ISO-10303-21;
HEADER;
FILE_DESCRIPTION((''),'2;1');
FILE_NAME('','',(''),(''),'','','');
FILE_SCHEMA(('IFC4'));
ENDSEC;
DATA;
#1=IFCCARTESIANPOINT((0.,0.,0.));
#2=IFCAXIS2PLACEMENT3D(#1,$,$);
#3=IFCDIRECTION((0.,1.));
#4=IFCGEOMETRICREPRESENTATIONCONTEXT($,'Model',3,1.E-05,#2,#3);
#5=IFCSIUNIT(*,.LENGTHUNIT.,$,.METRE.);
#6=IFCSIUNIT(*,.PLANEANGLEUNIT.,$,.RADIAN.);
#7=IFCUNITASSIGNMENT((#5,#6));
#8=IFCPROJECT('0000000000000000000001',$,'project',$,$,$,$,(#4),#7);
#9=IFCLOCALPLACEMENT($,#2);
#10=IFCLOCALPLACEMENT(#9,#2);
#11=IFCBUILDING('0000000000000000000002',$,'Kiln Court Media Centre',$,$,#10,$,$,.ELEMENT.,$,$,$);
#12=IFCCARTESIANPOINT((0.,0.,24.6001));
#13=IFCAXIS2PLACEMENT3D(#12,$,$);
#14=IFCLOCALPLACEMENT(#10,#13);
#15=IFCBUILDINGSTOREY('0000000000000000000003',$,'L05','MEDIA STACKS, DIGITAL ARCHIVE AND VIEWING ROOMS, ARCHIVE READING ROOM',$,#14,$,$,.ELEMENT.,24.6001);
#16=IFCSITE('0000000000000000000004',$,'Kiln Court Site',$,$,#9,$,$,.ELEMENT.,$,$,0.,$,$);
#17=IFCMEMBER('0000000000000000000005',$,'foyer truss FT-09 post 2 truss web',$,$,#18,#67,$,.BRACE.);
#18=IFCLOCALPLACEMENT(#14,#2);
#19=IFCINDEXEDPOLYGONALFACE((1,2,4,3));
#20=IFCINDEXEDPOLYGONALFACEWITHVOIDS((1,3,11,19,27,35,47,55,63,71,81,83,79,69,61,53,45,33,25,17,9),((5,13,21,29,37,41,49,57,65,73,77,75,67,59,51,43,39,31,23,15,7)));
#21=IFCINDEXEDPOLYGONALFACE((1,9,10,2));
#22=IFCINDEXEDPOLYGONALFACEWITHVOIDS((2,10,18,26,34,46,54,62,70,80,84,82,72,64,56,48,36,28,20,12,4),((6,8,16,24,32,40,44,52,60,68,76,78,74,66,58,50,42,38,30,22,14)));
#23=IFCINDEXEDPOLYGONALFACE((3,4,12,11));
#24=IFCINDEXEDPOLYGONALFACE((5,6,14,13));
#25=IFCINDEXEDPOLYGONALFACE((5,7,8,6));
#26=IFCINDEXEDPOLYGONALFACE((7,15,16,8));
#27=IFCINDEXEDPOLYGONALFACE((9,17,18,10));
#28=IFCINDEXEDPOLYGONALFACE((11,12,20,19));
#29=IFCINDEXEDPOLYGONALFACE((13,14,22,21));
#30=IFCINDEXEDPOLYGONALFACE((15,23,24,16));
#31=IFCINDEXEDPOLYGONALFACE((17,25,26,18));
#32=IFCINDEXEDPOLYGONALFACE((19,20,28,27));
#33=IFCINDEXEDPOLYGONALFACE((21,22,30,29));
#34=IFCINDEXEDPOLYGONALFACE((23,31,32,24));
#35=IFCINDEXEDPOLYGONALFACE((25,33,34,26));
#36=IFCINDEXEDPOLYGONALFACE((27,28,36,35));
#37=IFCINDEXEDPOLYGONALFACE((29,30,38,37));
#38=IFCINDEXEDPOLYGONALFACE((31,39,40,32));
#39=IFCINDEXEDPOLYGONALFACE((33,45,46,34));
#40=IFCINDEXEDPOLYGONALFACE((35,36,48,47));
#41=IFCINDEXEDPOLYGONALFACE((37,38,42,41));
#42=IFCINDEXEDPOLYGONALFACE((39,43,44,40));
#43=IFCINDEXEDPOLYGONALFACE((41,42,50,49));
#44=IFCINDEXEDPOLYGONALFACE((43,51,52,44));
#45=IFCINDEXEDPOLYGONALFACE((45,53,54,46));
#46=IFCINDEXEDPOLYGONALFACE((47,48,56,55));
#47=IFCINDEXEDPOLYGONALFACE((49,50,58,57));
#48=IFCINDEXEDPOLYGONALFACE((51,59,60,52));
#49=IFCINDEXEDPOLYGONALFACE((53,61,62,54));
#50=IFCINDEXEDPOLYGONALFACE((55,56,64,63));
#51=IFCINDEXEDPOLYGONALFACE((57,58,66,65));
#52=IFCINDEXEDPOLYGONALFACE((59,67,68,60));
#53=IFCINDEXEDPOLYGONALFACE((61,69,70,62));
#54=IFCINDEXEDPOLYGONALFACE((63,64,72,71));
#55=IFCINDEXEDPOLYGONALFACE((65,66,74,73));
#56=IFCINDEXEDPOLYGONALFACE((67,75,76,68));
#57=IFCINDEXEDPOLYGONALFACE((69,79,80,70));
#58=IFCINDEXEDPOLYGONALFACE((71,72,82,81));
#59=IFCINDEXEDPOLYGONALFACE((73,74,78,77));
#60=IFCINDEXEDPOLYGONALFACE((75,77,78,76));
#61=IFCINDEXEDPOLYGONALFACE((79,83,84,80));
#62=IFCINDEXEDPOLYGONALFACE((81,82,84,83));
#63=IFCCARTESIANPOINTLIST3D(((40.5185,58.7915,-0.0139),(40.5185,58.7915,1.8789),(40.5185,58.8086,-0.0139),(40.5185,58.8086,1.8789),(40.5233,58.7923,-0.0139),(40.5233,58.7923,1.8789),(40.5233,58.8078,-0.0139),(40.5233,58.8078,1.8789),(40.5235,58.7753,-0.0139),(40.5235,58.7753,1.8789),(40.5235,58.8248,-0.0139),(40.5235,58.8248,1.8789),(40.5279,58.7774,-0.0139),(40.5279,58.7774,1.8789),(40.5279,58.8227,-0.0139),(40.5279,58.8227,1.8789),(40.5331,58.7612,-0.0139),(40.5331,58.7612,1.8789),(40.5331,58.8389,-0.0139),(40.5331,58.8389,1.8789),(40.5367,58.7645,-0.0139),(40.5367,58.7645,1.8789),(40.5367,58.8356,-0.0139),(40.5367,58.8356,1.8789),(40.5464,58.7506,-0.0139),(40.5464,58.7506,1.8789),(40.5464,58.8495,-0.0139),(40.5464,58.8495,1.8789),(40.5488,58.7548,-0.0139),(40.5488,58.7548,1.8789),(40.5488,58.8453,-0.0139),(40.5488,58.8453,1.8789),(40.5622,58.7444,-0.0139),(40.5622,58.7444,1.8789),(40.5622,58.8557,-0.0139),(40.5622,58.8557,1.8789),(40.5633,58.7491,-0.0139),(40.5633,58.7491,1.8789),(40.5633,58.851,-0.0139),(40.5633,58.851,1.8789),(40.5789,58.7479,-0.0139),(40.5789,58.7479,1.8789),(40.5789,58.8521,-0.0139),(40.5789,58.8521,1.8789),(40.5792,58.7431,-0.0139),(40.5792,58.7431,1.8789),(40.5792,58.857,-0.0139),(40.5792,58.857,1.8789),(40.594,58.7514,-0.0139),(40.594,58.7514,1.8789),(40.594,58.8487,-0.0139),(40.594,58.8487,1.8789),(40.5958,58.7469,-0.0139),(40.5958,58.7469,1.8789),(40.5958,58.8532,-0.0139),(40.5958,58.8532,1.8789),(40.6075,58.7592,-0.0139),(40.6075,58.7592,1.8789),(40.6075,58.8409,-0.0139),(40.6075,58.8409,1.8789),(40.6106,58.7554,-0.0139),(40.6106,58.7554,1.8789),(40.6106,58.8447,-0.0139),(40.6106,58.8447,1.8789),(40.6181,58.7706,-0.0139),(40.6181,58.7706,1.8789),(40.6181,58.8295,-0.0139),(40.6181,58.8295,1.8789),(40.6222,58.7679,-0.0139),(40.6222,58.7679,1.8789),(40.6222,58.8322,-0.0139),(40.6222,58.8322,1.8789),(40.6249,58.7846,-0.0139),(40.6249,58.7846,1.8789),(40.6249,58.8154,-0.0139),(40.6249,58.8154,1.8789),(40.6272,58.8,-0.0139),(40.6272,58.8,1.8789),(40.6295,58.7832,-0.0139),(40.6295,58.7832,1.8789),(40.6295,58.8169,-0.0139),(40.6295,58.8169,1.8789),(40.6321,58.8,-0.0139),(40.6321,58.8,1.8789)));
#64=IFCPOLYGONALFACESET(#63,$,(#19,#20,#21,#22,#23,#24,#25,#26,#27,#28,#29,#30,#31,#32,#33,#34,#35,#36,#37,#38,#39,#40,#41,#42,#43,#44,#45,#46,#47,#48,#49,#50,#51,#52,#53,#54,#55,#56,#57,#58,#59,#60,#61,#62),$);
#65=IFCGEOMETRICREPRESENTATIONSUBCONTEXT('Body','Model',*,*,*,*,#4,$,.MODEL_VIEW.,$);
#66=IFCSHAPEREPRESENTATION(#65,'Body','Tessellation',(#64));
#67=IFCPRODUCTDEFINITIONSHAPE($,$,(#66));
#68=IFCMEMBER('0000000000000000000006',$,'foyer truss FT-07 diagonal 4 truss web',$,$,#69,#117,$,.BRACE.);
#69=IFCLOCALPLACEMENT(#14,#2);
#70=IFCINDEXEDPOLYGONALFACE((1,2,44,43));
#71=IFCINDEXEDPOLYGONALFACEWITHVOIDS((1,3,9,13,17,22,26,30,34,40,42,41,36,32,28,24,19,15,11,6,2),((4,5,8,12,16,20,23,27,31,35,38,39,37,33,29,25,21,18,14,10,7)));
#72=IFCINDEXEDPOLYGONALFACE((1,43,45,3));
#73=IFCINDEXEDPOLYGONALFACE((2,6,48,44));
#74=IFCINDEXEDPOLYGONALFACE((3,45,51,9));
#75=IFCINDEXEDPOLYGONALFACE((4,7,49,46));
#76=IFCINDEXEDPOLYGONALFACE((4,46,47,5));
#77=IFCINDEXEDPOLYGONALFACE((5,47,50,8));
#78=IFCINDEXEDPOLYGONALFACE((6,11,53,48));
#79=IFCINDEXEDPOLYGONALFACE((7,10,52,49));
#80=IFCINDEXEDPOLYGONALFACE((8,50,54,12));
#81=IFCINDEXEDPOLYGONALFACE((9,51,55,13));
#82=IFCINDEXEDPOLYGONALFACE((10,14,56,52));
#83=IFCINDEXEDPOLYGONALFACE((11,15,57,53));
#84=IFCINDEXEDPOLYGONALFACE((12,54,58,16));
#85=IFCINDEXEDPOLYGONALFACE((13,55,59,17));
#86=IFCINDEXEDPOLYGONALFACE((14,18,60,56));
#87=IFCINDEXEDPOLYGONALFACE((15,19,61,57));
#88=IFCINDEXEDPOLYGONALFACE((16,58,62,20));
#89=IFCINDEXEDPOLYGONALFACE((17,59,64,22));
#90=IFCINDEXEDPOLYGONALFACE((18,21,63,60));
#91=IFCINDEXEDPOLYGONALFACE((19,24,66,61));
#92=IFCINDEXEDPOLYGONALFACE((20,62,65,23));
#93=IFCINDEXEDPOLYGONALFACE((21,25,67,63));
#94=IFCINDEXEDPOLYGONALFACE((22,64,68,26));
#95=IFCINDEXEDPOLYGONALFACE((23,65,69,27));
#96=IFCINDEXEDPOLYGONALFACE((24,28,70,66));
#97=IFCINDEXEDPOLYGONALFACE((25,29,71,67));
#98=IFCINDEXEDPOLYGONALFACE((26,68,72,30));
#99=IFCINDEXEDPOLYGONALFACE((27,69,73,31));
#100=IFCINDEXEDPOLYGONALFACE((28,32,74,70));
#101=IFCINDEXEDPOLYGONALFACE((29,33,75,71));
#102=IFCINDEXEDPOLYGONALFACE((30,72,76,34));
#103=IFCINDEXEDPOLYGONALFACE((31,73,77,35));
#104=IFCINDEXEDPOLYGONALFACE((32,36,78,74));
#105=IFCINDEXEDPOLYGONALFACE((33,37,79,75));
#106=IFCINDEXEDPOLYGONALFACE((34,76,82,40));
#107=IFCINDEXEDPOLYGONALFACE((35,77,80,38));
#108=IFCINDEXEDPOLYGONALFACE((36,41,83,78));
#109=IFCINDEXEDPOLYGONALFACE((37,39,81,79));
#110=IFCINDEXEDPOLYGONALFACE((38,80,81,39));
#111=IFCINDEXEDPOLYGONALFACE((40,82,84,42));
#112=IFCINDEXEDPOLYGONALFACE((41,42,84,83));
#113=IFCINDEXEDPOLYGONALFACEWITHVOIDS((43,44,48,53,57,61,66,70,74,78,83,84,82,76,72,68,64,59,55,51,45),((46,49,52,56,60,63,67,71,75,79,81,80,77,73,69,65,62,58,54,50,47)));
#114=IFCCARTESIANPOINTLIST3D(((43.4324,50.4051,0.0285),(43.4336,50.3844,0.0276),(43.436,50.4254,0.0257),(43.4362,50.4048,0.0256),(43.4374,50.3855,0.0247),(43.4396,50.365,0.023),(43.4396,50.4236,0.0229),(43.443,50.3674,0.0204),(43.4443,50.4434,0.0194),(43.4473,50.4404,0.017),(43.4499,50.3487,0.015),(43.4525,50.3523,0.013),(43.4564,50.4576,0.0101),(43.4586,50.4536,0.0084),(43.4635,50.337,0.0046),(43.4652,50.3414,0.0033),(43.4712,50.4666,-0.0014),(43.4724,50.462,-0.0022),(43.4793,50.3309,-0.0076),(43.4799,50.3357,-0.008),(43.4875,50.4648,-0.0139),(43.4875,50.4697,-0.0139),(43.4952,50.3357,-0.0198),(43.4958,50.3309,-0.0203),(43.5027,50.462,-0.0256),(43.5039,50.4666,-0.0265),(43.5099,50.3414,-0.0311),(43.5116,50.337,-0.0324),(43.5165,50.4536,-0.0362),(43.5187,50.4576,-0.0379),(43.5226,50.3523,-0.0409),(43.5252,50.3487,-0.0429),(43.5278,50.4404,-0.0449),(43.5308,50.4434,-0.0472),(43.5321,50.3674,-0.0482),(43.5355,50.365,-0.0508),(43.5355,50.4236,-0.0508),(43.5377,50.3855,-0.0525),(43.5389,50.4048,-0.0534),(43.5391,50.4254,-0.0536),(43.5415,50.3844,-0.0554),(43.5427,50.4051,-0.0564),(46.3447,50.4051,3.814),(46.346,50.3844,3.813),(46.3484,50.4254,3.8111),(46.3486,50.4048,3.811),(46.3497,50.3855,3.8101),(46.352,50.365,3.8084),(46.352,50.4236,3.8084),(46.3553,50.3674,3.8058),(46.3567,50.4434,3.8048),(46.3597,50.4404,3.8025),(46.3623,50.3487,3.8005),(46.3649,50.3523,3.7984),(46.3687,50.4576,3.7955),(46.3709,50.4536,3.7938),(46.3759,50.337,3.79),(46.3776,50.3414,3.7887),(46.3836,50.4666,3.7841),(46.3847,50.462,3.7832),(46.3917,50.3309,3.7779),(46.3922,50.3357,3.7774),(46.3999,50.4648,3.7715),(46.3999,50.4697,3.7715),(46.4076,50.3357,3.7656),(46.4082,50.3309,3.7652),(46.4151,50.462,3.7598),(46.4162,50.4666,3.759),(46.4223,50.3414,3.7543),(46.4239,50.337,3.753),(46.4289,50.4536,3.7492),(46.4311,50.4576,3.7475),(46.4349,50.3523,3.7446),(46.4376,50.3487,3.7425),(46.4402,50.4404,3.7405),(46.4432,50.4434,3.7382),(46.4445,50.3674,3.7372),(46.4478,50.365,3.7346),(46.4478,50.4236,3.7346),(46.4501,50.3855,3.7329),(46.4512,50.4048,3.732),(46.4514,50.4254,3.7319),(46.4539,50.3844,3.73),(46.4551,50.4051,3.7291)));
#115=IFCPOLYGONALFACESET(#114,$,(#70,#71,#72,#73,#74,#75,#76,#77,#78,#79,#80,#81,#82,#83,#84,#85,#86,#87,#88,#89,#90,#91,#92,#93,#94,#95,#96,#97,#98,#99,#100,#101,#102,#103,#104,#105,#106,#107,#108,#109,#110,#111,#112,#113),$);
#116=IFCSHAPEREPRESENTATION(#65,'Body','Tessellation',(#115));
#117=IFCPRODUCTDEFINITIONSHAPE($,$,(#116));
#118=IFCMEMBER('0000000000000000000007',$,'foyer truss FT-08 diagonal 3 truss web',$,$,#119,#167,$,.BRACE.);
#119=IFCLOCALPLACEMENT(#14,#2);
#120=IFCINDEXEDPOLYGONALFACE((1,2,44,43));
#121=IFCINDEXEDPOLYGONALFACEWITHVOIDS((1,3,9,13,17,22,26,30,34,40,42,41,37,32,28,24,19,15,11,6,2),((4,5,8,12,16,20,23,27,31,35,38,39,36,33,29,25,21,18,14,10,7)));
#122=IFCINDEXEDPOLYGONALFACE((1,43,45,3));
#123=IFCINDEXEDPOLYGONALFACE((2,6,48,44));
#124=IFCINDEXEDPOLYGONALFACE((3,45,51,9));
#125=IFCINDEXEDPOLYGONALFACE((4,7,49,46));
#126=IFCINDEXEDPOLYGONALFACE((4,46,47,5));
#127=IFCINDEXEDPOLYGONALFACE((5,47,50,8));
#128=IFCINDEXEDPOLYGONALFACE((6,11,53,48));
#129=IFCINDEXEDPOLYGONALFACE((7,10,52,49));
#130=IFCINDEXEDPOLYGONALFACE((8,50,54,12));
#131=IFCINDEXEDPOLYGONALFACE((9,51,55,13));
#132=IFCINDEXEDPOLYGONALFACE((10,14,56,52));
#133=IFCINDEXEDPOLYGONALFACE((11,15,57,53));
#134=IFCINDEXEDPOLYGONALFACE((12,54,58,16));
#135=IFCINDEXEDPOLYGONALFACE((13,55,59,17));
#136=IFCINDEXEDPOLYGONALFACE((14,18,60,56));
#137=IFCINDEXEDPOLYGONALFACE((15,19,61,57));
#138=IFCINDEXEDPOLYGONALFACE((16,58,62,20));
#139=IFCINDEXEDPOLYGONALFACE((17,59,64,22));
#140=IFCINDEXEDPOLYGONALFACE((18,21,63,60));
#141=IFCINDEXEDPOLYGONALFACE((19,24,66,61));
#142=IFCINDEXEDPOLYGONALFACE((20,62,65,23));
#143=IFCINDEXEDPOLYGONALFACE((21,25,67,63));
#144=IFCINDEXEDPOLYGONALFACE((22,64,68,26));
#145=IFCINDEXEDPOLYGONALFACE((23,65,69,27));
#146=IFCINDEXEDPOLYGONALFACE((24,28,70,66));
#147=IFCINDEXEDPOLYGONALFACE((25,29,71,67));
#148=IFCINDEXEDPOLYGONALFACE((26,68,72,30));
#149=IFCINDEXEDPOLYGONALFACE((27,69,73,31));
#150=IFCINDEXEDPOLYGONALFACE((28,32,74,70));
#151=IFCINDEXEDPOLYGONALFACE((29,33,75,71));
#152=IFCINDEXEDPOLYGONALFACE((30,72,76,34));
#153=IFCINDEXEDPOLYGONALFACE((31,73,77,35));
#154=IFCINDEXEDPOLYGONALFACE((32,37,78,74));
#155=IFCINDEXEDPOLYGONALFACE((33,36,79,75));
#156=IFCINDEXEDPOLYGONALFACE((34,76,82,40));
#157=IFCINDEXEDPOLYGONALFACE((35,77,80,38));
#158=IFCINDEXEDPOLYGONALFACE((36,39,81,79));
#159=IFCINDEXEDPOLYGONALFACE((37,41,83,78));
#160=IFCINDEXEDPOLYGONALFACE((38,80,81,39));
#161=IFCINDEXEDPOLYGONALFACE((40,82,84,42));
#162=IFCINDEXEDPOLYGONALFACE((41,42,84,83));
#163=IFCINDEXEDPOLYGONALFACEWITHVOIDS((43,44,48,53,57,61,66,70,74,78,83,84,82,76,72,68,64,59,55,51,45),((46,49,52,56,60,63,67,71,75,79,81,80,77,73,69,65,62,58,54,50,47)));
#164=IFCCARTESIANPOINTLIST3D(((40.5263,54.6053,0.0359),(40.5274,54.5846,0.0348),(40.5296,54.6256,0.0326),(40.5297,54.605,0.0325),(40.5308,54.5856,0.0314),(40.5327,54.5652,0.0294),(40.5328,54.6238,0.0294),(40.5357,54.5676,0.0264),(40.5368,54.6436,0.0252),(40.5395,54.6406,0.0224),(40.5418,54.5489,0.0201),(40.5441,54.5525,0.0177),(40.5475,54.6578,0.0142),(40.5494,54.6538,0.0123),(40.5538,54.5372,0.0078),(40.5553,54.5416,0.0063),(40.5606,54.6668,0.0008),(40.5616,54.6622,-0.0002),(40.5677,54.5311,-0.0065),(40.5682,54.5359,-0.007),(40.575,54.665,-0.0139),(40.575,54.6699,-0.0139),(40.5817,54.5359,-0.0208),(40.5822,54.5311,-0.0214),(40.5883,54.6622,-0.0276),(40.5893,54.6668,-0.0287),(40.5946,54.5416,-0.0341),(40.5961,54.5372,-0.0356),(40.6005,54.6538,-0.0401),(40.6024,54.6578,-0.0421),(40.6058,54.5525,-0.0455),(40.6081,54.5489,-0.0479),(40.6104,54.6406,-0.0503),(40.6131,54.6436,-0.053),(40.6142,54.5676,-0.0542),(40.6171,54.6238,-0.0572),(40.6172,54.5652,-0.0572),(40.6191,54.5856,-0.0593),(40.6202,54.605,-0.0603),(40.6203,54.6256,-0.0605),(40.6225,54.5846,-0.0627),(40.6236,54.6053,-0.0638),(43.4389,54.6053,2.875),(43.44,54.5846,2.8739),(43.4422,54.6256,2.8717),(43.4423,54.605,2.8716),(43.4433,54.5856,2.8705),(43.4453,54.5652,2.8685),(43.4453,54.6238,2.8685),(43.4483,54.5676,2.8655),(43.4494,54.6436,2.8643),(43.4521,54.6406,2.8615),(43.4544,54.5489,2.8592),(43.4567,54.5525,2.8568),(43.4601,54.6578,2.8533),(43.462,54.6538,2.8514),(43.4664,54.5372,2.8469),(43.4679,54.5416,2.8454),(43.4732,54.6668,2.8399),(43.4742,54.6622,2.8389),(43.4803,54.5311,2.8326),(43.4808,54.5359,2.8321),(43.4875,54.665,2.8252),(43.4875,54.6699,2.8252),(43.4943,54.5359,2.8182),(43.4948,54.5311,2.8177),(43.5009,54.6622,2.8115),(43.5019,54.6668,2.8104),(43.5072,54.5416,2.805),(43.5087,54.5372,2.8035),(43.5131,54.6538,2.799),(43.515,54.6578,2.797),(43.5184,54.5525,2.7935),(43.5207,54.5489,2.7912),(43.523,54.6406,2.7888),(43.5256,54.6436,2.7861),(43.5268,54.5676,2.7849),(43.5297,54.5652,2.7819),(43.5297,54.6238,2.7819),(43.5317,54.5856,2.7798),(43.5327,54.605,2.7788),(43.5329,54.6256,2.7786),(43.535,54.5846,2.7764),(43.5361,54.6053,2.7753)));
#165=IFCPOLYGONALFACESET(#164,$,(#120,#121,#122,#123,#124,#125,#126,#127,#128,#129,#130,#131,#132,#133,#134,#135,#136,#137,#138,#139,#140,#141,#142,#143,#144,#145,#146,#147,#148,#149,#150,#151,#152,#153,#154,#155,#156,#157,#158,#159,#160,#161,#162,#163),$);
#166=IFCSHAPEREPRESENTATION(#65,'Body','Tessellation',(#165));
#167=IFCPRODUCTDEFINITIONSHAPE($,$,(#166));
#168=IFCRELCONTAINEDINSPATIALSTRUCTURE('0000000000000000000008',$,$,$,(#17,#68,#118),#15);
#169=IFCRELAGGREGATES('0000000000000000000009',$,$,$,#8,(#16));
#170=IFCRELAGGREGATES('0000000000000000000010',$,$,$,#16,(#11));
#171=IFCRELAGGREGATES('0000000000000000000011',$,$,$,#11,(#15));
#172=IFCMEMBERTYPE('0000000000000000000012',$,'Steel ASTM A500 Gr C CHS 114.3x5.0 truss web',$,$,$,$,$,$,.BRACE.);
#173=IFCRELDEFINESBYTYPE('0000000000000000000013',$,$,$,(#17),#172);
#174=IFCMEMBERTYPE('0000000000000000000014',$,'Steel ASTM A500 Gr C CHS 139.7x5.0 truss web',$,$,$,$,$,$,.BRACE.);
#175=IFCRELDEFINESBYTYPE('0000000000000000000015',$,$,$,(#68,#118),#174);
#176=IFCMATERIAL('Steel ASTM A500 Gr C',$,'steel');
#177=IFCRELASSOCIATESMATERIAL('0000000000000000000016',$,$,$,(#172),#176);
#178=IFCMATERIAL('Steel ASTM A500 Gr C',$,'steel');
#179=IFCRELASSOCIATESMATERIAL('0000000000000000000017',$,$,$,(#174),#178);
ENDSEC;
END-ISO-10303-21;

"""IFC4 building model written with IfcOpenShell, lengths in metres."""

from ifc_helpers import new_model, si_unit, direction, frame, origin, origin_2d, place, context, subcontext, project, spatial, hollow_circle, extrude, material, material_profile, profile_set, type_object, element, save


model = new_model("IFC4")

# Units and contexts
model_context = context("Model", 3, precision=1e-05, world=origin(), true_north=direction((0.0, 1.0)))
body_context = subcontext(model_context, "Body", "Model", "MODEL_VIEW")
ifc_project = project(units=[si_unit("LENGTHUNIT", "METRE"), si_unit("PLANEANGLEUNIT", "RADIAN")], contexts=[model_context])

# Site, building, storey
site_placement = place(None, origin())
site = spatial("IfcSite", under=ifc_project, at=site_placement, Name="Kiln Court Site", CompositionType="ELEMENT", RefElevation=0.0)
building_placement = place(site_placement, origin())
building = spatial("IfcBuilding", under=site, at=building_placement, Name="Kiln Court Media Centre", CompositionType="ELEMENT")
storey_placement = place(building_placement, frame((0.0, 0.0, 24.6001)))
storey = spatial("IfcBuildingStorey", under=building, at=storey_placement, Name="L05", Description="MEDIA STACKS, DIGITAL ARCHIVE AND VIEWING ROOMS, ARCHIVE READING ROOM", CompositionType="ELEMENT", Elevation=24.6001)

# Members
ifc_material_1 = material(Name="Steel ASTM A500 Gr C", Category="steel")
ifc_material_profile_1 = material_profile(ifc_material_1, hollow_circle(Radius=0.0571, WallThickness=0.0049, at=origin_2d()), Name="CHS 114.3x5.0")
ifc_profile_set_1 = profile_set([ifc_material_profile_1], Name="Steel ASTM A500 Gr C")
member_type_1 = type_object("IfcMemberType", Name="Steel ASTM A500 Gr C CHS 114.3x5.0 truss web", PredefinedType="BRACE", material=ifc_profile_set_1)
member_1_placement = place(storey_placement, frame((40.575, 58.8, -0.0139), z_axis=(0.0, 0.0, 1.0), x_axis=(1.0, 0.0, 0.0)))
element("IfcMember", 1, at=member_1_placement, inside=storey, type_object=member_type_1, Name="foyer truss FT-09 post 2 truss web", PredefinedType="BRACE", context=body_context, shape_type="SweptSolid", body=[
    extrude(hollow_circle(Radius=0.0571, WallThickness=0.0049, at=origin_2d()), origin(), (0.0, 0.0, 1.0), 1.8928),
])
ifc_material_2 = material(Name="Steel ASTM A500 Gr C", Category="steel")
ifc_material_profile_2 = material_profile(ifc_material_2, hollow_circle(Radius=0.0698, WallThickness=0.0049, at=origin_2d()), Name="CHS 139.7x5.0")
ifc_profile_set_2 = profile_set([ifc_material_profile_2], Name="Steel ASTM A500 Gr C")
member_type_2 = type_object("IfcMemberType", Name="Steel ASTM A500 Gr C CHS 139.7x5.0 truss web", PredefinedType="BRACE", material=ifc_profile_set_2)
member_2_placement = place(storey_placement, frame((43.4875, 50.3999, -0.0139), z_axis=(0.609777, 0.0, 0.792573), x_axis=(0.0, 1.0, 0.0)))
element("IfcMember", 2, at=member_2_placement, inside=storey, type_object=member_type_2, Name="foyer truss FT-07 diagonal 4 truss web", PredefinedType="BRACE", context=body_context, shape_type="SweptSolid", body=[
    extrude(hollow_circle(Radius=0.0698, WallThickness=0.0049, at=origin_2d()), origin(), (0.0, 0.0, 1.0), 4.7761),
])
member_3_placement = place(storey_placement, frame((40.575, 54.6001, -0.0139), z_axis=(0.716083, 0.0, 0.698016), x_axis=(0.0, 1.0, 0.0)))
element("IfcMember", 3, at=member_3_placement, inside=storey, type_object=member_type_2, Name="foyer truss FT-08 diagonal 3 truss web", PredefinedType="BRACE", context=body_context, shape_type="SweptSolid", body=[
    extrude(hollow_circle(Radius=0.0698, WallThickness=0.0049, at=origin_2d()), origin(), (0.0, 0.0, 1.0), 4.0674),
])

save(model, "model.ifc")
